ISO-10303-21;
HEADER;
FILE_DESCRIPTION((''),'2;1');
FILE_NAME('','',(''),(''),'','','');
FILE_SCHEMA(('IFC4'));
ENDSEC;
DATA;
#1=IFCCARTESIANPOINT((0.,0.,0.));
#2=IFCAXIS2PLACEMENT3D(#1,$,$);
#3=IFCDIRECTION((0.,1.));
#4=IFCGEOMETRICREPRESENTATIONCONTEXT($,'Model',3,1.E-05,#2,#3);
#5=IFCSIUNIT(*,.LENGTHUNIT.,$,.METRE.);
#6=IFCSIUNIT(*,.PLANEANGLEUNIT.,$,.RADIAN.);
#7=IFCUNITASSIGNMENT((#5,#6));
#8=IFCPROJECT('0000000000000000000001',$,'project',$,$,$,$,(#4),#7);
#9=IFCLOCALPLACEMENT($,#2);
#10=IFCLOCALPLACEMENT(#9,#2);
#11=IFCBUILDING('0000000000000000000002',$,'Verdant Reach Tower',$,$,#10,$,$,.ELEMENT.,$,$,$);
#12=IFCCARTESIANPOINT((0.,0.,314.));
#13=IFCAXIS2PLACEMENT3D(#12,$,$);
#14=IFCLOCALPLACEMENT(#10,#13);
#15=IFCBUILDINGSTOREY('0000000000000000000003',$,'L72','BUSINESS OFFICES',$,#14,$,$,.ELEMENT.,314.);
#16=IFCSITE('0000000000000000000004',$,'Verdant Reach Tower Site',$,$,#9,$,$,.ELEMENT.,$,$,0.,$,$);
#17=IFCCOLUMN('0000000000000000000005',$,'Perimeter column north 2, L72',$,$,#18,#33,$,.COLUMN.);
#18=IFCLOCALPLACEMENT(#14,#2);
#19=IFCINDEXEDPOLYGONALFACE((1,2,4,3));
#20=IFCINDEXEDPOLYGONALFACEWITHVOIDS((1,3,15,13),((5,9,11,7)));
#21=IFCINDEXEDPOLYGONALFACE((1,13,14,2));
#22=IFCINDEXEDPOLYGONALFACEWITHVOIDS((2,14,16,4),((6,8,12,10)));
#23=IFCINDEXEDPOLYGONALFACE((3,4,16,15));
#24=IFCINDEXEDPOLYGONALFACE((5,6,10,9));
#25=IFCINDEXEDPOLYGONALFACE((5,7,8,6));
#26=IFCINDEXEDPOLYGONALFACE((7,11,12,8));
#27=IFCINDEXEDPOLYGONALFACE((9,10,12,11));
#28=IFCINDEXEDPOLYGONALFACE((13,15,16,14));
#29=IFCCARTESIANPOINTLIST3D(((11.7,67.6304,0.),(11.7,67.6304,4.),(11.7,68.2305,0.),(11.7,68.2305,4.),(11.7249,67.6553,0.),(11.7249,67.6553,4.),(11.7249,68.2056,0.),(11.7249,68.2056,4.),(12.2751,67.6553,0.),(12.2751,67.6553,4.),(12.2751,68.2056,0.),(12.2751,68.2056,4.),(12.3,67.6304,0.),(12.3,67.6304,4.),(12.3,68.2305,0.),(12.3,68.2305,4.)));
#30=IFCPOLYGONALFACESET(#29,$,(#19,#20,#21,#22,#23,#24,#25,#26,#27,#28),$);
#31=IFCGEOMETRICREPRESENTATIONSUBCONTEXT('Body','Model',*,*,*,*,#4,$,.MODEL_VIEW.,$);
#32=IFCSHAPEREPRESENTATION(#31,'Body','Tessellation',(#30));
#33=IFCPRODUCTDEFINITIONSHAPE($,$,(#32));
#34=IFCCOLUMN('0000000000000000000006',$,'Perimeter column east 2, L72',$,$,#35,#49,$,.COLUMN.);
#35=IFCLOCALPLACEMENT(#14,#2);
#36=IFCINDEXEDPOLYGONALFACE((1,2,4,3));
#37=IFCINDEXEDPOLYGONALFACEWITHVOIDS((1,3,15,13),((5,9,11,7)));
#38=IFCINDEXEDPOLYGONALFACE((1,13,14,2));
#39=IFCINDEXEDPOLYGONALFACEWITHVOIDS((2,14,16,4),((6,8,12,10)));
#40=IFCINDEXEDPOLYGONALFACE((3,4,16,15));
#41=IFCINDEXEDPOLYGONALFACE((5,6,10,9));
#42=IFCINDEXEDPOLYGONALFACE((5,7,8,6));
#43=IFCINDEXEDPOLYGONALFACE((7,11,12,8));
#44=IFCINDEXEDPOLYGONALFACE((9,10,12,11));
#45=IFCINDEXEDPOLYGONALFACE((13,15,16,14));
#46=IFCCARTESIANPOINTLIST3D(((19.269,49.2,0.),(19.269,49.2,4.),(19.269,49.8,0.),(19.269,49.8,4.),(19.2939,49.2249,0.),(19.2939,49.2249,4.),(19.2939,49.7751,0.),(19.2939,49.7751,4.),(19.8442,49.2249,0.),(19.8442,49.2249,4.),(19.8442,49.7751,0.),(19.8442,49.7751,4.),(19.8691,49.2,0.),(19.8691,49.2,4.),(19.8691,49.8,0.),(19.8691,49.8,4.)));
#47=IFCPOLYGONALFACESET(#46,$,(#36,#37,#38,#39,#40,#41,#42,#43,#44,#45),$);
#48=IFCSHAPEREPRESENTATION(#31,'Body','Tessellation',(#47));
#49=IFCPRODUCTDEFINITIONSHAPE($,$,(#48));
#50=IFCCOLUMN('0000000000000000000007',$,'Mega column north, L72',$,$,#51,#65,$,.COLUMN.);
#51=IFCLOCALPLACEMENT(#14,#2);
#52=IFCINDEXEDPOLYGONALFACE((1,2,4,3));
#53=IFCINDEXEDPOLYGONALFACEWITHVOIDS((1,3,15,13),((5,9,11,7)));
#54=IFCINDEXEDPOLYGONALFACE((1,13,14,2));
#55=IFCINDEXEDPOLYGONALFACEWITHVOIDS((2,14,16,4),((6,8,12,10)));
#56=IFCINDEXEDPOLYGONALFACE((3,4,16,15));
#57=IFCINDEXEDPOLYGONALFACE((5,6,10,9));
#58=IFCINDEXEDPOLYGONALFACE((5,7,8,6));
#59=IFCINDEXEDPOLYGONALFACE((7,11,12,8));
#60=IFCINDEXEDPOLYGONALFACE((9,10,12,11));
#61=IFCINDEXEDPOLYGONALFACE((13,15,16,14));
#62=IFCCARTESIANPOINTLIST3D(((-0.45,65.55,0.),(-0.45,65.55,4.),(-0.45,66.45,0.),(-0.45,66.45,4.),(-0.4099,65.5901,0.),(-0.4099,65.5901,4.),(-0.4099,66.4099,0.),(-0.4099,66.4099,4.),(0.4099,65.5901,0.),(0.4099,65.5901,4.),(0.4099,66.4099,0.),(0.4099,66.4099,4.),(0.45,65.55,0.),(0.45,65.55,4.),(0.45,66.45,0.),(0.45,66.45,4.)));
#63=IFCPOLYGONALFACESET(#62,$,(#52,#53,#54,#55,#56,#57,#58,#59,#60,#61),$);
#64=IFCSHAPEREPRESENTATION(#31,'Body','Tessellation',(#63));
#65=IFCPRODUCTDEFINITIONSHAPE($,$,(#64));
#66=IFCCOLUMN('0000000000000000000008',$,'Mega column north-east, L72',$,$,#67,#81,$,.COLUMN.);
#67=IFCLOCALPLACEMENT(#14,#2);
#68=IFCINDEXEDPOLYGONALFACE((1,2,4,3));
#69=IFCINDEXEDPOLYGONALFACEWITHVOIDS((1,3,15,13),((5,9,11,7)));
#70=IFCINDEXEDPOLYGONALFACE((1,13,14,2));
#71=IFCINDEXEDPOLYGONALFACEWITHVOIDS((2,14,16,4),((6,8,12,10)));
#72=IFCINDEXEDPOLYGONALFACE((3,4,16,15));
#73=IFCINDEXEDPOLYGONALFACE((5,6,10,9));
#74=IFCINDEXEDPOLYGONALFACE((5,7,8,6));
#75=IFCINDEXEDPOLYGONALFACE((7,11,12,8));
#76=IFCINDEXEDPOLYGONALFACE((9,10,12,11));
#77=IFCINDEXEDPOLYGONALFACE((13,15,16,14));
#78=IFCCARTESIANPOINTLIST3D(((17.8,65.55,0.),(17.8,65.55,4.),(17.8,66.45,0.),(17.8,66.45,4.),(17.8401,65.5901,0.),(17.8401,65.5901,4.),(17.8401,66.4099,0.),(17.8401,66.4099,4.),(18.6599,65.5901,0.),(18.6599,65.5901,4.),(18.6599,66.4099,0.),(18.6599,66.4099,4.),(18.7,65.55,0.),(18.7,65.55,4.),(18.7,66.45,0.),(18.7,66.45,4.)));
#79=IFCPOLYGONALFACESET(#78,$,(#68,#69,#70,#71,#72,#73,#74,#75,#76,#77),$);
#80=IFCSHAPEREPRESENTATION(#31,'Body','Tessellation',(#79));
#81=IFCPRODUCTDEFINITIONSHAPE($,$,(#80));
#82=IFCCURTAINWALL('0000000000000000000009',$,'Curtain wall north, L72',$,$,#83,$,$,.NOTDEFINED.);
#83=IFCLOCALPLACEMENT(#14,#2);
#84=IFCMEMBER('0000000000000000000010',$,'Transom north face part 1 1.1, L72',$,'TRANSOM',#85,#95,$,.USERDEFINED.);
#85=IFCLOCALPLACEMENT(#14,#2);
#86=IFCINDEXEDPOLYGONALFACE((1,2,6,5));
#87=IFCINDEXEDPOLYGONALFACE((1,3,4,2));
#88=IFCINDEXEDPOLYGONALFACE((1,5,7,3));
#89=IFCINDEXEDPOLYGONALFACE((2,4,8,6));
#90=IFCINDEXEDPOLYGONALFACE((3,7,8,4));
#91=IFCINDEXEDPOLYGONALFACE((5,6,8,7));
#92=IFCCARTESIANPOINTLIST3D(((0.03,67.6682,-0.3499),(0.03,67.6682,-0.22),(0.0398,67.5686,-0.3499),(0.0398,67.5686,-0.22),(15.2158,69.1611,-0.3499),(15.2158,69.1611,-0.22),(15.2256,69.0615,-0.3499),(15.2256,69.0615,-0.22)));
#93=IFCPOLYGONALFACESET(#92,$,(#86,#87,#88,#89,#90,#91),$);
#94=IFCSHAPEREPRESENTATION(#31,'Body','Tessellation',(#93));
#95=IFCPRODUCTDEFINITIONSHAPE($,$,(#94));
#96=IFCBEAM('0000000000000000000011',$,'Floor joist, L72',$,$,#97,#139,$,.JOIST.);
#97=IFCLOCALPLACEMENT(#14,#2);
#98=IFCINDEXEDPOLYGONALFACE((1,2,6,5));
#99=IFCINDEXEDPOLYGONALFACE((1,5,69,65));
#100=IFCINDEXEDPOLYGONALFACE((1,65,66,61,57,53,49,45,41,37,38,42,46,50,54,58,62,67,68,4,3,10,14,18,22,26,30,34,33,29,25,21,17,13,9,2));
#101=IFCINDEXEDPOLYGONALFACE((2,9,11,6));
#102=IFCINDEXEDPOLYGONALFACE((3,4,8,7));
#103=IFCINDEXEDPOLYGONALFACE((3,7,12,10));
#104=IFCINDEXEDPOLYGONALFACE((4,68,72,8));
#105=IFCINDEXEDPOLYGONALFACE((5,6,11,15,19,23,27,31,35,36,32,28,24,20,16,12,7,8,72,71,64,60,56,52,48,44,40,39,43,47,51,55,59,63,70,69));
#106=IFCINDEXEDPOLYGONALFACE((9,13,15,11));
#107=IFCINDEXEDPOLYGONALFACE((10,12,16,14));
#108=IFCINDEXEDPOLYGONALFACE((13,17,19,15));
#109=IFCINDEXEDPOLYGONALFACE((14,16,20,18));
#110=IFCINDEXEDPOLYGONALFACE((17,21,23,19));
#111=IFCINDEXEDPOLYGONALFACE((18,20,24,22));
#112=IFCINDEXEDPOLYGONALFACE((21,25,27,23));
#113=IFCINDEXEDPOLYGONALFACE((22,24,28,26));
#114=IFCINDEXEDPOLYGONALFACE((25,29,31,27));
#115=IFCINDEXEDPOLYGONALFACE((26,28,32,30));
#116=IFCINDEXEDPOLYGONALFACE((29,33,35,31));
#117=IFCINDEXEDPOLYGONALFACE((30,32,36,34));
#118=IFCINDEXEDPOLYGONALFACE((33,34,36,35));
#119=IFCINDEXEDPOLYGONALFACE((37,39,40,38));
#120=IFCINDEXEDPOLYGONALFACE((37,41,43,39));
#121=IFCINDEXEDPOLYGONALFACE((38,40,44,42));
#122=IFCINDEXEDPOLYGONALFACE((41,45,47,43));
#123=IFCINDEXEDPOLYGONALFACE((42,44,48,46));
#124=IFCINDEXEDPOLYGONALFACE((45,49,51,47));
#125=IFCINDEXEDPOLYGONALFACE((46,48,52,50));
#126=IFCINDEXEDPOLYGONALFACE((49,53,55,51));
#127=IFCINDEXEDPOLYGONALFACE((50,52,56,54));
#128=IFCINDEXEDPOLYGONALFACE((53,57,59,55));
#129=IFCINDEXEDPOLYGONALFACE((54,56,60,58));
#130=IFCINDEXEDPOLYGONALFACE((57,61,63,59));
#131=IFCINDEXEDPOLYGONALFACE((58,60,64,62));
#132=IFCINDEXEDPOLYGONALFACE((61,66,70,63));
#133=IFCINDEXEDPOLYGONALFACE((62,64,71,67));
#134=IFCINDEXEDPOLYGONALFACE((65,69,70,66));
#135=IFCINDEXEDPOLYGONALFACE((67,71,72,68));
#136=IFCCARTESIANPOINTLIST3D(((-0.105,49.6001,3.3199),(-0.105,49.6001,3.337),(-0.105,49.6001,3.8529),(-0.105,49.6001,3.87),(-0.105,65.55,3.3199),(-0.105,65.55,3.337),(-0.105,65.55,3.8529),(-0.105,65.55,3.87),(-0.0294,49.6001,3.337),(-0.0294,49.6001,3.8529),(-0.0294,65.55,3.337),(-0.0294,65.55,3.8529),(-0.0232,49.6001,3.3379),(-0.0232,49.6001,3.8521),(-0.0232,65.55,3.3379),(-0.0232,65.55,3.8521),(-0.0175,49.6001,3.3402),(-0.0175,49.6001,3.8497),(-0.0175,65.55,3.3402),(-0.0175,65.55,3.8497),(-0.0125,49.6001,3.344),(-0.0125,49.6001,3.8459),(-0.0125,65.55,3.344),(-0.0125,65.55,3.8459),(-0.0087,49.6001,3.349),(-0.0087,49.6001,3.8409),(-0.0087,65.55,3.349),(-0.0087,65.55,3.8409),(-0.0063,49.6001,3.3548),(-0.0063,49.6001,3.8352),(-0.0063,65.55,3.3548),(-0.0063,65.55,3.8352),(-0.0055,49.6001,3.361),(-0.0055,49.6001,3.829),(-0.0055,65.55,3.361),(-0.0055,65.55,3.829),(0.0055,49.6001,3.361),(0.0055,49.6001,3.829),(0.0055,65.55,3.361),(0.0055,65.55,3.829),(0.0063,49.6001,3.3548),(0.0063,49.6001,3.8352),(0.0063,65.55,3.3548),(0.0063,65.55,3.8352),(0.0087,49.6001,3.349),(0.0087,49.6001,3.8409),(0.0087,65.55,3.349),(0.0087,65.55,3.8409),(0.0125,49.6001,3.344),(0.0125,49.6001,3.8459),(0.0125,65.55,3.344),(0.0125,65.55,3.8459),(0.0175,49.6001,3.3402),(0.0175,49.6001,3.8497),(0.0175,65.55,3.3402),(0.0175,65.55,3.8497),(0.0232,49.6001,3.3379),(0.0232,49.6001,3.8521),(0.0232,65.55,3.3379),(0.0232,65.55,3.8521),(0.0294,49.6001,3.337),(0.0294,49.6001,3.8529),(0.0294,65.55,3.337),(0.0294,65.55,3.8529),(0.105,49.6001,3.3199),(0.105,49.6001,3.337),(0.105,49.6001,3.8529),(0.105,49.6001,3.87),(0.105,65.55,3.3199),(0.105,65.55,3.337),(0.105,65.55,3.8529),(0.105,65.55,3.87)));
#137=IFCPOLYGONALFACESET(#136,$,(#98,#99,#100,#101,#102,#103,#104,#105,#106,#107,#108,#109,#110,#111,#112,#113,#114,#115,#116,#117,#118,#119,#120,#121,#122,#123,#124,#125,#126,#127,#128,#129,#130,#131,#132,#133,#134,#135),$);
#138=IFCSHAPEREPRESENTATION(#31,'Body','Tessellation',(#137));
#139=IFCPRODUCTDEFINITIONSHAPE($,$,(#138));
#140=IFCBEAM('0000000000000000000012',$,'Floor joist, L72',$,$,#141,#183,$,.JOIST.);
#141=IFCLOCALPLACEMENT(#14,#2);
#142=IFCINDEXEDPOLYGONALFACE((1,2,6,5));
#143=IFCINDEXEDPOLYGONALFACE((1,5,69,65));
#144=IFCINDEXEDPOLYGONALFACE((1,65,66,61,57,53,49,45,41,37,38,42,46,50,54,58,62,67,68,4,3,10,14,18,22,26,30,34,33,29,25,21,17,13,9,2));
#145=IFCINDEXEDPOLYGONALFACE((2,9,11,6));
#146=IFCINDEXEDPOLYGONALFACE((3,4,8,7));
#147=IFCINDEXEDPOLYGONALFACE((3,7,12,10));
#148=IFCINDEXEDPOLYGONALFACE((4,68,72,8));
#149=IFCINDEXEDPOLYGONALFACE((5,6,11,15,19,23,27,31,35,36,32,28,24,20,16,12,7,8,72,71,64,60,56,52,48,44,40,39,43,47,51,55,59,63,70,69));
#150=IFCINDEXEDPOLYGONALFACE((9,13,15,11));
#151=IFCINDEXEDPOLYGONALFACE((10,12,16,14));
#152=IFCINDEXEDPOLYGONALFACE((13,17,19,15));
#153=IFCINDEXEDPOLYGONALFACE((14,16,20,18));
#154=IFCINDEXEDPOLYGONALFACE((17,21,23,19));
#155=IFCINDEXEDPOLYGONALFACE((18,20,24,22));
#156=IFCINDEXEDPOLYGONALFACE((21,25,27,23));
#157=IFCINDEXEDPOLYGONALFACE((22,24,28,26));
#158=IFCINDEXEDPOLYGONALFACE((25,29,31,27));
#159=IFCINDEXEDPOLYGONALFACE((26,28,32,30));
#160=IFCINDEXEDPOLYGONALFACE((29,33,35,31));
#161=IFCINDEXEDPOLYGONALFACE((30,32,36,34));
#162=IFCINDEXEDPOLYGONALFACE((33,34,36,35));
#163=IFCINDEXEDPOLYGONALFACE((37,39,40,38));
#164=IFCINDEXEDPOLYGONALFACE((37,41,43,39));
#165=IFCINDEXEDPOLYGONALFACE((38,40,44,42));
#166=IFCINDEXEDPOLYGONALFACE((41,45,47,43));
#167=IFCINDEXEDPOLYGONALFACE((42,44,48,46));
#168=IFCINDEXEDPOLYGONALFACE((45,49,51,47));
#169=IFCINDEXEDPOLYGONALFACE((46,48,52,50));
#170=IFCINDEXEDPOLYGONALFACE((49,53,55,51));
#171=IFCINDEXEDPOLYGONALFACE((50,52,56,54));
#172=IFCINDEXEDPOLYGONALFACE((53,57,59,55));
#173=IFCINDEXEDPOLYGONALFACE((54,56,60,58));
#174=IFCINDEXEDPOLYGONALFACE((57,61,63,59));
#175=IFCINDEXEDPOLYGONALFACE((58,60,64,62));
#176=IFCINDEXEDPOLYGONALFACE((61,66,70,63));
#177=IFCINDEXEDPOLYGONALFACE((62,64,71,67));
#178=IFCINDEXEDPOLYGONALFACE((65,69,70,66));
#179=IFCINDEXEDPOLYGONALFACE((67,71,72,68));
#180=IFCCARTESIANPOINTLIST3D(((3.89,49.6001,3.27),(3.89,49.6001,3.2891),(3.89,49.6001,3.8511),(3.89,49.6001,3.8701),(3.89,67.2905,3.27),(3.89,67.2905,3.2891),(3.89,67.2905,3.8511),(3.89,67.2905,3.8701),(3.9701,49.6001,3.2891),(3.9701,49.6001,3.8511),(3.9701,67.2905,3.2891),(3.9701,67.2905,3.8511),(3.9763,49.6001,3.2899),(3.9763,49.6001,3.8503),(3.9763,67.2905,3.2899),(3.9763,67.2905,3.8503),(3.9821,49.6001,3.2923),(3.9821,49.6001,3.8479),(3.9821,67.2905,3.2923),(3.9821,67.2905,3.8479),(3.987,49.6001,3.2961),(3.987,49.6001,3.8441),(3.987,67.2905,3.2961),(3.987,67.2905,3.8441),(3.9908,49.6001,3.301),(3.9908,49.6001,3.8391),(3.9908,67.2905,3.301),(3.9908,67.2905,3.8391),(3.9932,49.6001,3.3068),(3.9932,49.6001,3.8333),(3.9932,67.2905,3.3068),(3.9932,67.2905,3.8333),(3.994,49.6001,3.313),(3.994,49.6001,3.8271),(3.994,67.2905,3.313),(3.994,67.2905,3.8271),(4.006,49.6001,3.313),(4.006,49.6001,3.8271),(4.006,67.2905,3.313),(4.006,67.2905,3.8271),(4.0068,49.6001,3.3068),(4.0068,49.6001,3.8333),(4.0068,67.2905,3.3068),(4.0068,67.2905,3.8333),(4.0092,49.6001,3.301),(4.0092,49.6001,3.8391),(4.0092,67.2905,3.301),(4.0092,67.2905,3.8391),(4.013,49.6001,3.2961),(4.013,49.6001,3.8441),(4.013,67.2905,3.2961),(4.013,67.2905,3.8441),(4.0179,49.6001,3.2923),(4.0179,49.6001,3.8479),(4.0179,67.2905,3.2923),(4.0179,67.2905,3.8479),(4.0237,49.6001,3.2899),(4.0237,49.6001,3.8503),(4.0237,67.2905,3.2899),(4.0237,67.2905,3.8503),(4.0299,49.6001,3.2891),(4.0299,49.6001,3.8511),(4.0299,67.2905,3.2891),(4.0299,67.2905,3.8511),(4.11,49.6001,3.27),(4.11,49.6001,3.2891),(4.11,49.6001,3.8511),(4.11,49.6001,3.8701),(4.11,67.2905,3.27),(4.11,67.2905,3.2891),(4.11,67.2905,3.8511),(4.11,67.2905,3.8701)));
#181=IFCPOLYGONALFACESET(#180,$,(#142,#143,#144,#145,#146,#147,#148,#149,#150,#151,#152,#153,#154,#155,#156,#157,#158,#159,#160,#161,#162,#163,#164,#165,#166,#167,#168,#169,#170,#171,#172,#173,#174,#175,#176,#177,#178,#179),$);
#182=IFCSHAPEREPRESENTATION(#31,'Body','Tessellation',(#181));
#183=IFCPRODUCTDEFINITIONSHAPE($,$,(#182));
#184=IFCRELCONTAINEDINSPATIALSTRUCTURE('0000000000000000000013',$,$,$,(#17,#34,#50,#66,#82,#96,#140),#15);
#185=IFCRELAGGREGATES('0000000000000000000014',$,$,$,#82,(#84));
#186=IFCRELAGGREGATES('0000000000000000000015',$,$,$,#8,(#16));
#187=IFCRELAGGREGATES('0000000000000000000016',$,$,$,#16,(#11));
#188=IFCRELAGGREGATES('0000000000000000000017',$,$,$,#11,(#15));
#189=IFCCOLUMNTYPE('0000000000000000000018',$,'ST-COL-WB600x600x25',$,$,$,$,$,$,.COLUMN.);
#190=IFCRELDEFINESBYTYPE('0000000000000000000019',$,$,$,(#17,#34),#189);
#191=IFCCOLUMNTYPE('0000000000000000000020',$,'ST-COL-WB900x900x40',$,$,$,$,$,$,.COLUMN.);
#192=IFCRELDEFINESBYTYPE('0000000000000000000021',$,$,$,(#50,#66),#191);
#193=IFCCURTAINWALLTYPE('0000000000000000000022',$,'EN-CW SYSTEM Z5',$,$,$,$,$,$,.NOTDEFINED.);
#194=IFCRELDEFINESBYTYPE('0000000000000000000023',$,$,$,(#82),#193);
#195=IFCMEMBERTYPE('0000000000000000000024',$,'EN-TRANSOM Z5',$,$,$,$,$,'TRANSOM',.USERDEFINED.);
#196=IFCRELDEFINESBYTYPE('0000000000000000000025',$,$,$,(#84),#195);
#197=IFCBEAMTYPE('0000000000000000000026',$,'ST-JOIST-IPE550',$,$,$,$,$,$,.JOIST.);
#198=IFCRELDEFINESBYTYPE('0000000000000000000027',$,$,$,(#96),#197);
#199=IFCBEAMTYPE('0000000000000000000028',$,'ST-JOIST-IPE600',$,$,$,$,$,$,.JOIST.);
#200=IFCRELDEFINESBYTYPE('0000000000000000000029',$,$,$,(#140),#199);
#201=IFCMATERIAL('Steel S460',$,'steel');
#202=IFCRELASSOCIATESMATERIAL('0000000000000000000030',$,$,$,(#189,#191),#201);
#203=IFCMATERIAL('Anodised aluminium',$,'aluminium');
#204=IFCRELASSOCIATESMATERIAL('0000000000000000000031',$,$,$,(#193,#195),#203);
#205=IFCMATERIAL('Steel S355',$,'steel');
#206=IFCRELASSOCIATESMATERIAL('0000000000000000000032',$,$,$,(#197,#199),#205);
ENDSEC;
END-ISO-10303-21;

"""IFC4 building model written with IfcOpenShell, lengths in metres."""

from ifc_helpers import new_model, si_unit, direction, frame, origin, origin_2d, place, context, subcontext, project, spatial, rectangle, hollow_rectangle, i_section, extrude, material, material_profile, profile_set, type_object, element, aggregate, save


model = new_model("IFC4")

# Units and contexts
model_context = context("Model", 3, precision=1e-05, world=origin(), true_north=direction((0.0, 1.0)))
body_context = subcontext(model_context, "Body", "Model", "MODEL_VIEW")
ifc_project = project(units=[si_unit("LENGTHUNIT", "METRE"), si_unit("PLANEANGLEUNIT", "RADIAN")], contexts=[model_context])

# Site, building, storey
site_placement = place(None, origin())
site = spatial("IfcSite", under=ifc_project, at=site_placement, Name="Verdant Reach Tower Site", CompositionType="ELEMENT", RefElevation=0.0)
building_placement = place(site_placement, origin())
building = spatial("IfcBuilding", under=site, at=building_placement, Name="Verdant Reach Tower", CompositionType="ELEMENT")
storey_placement = place(building_placement, frame((0.0, 0.0, 314.0)))
storey = spatial("IfcBuildingStorey", under=building, at=storey_placement, Name="L72", Description="BUSINESS OFFICES", CompositionType="ELEMENT", Elevation=314.0)

# Columns
ifc_material_1 = material(Name="Steel S460", Category="steel")
ifc_material_profile_1 = material_profile(ifc_material_1, hollow_rectangle(XDim=0.6001, YDim=0.6001, WallThickness=0.0249, at=origin_2d()), Name="WB 600x600x25")
ifc_profile_set_1 = profile_set([ifc_material_profile_1], Name="Steel S460")
column_type_1 = type_object("IfcColumnType", Name="ST-COL-WB600x600x25", PredefinedType="COLUMN", material=ifc_profile_set_1)
for number, where, z_axis, x_axis, name in (
    (1, (12.0, 67.9304, 0.0), (0.0, 0.0, 1.0), (1.0, 0.0, 0.0), "Perimeter column north 2, L72"),
    (2, (19.5691, 49.5, 0.0), (0.0, 0.0, 1.0), (1.0, 0.0, 0.0), "Perimeter column east 2, L72"),
):
    element("IfcColumn", number, at=place(storey_placement, frame(where, z_axis=z_axis, x_axis=x_axis)), inside=storey, type_object=column_type_1, Name=name, PredefinedType="COLUMN", context=body_context, shape_type="SweptSolid", body=[
        extrude(hollow_rectangle(XDim=0.6001, YDim=0.6001, WallThickness=0.0249, at=origin_2d()), origin(), (0.0, 0.0, 1.0), 4.0),
    ])
ifc_material_profile_2 = material_profile(ifc_material_1, hollow_rectangle(XDim=0.8999, YDim=0.8999, WallThickness=0.04, at=origin_2d()), Name="WB 900x900x40")
ifc_profile_set_2 = profile_set([ifc_material_profile_2], Name="Steel S460")
column_type_2 = type_object("IfcColumnType", Name="ST-COL-WB900x900x40", PredefinedType="COLUMN", material=ifc_profile_set_2)
for number, where, z_axis, x_axis, name in (
    (3, (0.0, 66.0, 0.0), (0.0, 0.0, 1.0), (1.0, 0.0, 0.0), "Mega column north, L72"),
    (4, (18.25, 66.0, 0.0), (0.0, 0.0, 1.0), (1.0, 0.0, 0.0), "Mega column north-east, L72"),
):
    element("IfcColumn", number, at=place(storey_placement, frame(where, z_axis=z_axis, x_axis=x_axis)), inside=storey, type_object=column_type_2, Name=name, PredefinedType="COLUMN", context=body_context, shape_type="SweptSolid", body=[
        extrude(hollow_rectangle(XDim=0.8999, YDim=0.8999, WallThickness=0.04, at=origin_2d()), origin(), (0.0, 0.0, 1.0), 4.0),
    ])

# Curtain wall, member
ifc_material_2 = material(Name="Anodised aluminium", Category="aluminium")
curtain_wall_type = type_object("IfcCurtainWallType", Name="EN-CW SYSTEM Z5", PredefinedType="NOTDEFINED", material=ifc_material_2)
curtain_wall_1_placement = place(storey_placement, origin())
curtain_wall_1 = element("IfcCurtainWall", 5, at=curtain_wall_1_placement, inside=storey, type_object=curtain_wall_type, Name="Curtain wall north, L72", PredefinedType="NOTDEFINED")
ifc_material_profile_3 = material_profile(ifc_material_2, rectangle(XDim=0.1001, YDim=0.1299, at=origin_2d()), Name="Transom 130x100")
ifc_profile_set_3 = profile_set([ifc_material_profile_3], Name="Anodised aluminium")
member_type = type_object("IfcMemberType", Name="EN-TRANSOM Z5", ElementType="TRANSOM", PredefinedType="USERDEFINED", material=ifc_profile_set_3)
member_placement = place(storey_placement, frame((15.2207, 69.1113, -0.2849), z_axis=(-0.995202, -0.097839, 0.0), x_axis=(0.097839, -0.995202, 0.0)))
member = element("IfcMember", 6, at=member_placement, type_object=member_type, Name="Transom north face part 1 1.1, L72", ObjectType="TRANSOM", PredefinedType="USERDEFINED", context=body_context, shape_type="SweptSolid", body=[
    extrude(rectangle(XDim=0.1001, YDim=0.1299, at=origin_2d()), origin(), (0.0, 0.0, 1.0), 15.259),
])

# Beams
ifc_material_3 = material(Name="Steel S355", Category="steel")
ifc_material_profile_4 = material_profile(ifc_material_3, i_section(OverallWidth=0.21, OverallDepth=0.55, WebThickness=0.011, FlangeThickness=0.0171, FilletRadius=0.0239, at=origin_2d()), Name="IPE 550")
ifc_profile_set_4 = profile_set([ifc_material_profile_4], Name="Steel S355")
beam_type_1 = type_object("IfcBeamType", Name="ST-JOIST-IPE550", PredefinedType="JOIST", material=ifc_profile_set_4)
beam_1_placement = place(storey_placement, frame((0.0, 49.6001, 3.595), z_axis=(0.0, 1.0, 0.0), x_axis=(-1.0, 0.0, 0.0)))
element("IfcBeam", 7, at=beam_1_placement, inside=storey, type_object=beam_type_1, Name="Floor joist, L72", PredefinedType="JOIST", context=body_context, shape_type="SweptSolid", body=[
    extrude(i_section(OverallWidth=0.21, OverallDepth=0.55, WebThickness=0.011, FlangeThickness=0.0171, FilletRadius=0.0239, at=origin_2d()), origin(), (0.0, 0.0, 1.0), 15.95),
])
ifc_material_profile_5 = material_profile(ifc_material_3, i_section(OverallWidth=0.22, OverallDepth=0.6001, WebThickness=0.012, FlangeThickness=0.019, FilletRadius=0.0239, at=origin_2d()), Name="IPE 600")
ifc_profile_set_5 = profile_set([ifc_material_profile_5], Name="Steel S355")
beam_type_2 = type_object("IfcBeamType", Name="ST-JOIST-IPE600", PredefinedType="JOIST", material=ifc_profile_set_5)
beam_2_placement = place(storey_placement, frame((4.0, 49.6001, 3.5701), z_axis=(0.0, 1.0, 0.0), x_axis=(-1.0, 0.0, 0.0)))
element("IfcBeam", 8, at=beam_2_placement, inside=storey, type_object=beam_type_2, Name="Floor joist, L72", PredefinedType="JOIST", context=body_context, shape_type="SweptSolid", body=[
    extrude(i_section(OverallWidth=0.22, OverallDepth=0.6001, WebThickness=0.012, FlangeThickness=0.019, FilletRadius=0.0239, at=origin_2d()), origin(), (0.0, 0.0, 1.0), 17.6904),
])

aggregate(curtain_wall_1, [member])

save(model, "model.ifc")
